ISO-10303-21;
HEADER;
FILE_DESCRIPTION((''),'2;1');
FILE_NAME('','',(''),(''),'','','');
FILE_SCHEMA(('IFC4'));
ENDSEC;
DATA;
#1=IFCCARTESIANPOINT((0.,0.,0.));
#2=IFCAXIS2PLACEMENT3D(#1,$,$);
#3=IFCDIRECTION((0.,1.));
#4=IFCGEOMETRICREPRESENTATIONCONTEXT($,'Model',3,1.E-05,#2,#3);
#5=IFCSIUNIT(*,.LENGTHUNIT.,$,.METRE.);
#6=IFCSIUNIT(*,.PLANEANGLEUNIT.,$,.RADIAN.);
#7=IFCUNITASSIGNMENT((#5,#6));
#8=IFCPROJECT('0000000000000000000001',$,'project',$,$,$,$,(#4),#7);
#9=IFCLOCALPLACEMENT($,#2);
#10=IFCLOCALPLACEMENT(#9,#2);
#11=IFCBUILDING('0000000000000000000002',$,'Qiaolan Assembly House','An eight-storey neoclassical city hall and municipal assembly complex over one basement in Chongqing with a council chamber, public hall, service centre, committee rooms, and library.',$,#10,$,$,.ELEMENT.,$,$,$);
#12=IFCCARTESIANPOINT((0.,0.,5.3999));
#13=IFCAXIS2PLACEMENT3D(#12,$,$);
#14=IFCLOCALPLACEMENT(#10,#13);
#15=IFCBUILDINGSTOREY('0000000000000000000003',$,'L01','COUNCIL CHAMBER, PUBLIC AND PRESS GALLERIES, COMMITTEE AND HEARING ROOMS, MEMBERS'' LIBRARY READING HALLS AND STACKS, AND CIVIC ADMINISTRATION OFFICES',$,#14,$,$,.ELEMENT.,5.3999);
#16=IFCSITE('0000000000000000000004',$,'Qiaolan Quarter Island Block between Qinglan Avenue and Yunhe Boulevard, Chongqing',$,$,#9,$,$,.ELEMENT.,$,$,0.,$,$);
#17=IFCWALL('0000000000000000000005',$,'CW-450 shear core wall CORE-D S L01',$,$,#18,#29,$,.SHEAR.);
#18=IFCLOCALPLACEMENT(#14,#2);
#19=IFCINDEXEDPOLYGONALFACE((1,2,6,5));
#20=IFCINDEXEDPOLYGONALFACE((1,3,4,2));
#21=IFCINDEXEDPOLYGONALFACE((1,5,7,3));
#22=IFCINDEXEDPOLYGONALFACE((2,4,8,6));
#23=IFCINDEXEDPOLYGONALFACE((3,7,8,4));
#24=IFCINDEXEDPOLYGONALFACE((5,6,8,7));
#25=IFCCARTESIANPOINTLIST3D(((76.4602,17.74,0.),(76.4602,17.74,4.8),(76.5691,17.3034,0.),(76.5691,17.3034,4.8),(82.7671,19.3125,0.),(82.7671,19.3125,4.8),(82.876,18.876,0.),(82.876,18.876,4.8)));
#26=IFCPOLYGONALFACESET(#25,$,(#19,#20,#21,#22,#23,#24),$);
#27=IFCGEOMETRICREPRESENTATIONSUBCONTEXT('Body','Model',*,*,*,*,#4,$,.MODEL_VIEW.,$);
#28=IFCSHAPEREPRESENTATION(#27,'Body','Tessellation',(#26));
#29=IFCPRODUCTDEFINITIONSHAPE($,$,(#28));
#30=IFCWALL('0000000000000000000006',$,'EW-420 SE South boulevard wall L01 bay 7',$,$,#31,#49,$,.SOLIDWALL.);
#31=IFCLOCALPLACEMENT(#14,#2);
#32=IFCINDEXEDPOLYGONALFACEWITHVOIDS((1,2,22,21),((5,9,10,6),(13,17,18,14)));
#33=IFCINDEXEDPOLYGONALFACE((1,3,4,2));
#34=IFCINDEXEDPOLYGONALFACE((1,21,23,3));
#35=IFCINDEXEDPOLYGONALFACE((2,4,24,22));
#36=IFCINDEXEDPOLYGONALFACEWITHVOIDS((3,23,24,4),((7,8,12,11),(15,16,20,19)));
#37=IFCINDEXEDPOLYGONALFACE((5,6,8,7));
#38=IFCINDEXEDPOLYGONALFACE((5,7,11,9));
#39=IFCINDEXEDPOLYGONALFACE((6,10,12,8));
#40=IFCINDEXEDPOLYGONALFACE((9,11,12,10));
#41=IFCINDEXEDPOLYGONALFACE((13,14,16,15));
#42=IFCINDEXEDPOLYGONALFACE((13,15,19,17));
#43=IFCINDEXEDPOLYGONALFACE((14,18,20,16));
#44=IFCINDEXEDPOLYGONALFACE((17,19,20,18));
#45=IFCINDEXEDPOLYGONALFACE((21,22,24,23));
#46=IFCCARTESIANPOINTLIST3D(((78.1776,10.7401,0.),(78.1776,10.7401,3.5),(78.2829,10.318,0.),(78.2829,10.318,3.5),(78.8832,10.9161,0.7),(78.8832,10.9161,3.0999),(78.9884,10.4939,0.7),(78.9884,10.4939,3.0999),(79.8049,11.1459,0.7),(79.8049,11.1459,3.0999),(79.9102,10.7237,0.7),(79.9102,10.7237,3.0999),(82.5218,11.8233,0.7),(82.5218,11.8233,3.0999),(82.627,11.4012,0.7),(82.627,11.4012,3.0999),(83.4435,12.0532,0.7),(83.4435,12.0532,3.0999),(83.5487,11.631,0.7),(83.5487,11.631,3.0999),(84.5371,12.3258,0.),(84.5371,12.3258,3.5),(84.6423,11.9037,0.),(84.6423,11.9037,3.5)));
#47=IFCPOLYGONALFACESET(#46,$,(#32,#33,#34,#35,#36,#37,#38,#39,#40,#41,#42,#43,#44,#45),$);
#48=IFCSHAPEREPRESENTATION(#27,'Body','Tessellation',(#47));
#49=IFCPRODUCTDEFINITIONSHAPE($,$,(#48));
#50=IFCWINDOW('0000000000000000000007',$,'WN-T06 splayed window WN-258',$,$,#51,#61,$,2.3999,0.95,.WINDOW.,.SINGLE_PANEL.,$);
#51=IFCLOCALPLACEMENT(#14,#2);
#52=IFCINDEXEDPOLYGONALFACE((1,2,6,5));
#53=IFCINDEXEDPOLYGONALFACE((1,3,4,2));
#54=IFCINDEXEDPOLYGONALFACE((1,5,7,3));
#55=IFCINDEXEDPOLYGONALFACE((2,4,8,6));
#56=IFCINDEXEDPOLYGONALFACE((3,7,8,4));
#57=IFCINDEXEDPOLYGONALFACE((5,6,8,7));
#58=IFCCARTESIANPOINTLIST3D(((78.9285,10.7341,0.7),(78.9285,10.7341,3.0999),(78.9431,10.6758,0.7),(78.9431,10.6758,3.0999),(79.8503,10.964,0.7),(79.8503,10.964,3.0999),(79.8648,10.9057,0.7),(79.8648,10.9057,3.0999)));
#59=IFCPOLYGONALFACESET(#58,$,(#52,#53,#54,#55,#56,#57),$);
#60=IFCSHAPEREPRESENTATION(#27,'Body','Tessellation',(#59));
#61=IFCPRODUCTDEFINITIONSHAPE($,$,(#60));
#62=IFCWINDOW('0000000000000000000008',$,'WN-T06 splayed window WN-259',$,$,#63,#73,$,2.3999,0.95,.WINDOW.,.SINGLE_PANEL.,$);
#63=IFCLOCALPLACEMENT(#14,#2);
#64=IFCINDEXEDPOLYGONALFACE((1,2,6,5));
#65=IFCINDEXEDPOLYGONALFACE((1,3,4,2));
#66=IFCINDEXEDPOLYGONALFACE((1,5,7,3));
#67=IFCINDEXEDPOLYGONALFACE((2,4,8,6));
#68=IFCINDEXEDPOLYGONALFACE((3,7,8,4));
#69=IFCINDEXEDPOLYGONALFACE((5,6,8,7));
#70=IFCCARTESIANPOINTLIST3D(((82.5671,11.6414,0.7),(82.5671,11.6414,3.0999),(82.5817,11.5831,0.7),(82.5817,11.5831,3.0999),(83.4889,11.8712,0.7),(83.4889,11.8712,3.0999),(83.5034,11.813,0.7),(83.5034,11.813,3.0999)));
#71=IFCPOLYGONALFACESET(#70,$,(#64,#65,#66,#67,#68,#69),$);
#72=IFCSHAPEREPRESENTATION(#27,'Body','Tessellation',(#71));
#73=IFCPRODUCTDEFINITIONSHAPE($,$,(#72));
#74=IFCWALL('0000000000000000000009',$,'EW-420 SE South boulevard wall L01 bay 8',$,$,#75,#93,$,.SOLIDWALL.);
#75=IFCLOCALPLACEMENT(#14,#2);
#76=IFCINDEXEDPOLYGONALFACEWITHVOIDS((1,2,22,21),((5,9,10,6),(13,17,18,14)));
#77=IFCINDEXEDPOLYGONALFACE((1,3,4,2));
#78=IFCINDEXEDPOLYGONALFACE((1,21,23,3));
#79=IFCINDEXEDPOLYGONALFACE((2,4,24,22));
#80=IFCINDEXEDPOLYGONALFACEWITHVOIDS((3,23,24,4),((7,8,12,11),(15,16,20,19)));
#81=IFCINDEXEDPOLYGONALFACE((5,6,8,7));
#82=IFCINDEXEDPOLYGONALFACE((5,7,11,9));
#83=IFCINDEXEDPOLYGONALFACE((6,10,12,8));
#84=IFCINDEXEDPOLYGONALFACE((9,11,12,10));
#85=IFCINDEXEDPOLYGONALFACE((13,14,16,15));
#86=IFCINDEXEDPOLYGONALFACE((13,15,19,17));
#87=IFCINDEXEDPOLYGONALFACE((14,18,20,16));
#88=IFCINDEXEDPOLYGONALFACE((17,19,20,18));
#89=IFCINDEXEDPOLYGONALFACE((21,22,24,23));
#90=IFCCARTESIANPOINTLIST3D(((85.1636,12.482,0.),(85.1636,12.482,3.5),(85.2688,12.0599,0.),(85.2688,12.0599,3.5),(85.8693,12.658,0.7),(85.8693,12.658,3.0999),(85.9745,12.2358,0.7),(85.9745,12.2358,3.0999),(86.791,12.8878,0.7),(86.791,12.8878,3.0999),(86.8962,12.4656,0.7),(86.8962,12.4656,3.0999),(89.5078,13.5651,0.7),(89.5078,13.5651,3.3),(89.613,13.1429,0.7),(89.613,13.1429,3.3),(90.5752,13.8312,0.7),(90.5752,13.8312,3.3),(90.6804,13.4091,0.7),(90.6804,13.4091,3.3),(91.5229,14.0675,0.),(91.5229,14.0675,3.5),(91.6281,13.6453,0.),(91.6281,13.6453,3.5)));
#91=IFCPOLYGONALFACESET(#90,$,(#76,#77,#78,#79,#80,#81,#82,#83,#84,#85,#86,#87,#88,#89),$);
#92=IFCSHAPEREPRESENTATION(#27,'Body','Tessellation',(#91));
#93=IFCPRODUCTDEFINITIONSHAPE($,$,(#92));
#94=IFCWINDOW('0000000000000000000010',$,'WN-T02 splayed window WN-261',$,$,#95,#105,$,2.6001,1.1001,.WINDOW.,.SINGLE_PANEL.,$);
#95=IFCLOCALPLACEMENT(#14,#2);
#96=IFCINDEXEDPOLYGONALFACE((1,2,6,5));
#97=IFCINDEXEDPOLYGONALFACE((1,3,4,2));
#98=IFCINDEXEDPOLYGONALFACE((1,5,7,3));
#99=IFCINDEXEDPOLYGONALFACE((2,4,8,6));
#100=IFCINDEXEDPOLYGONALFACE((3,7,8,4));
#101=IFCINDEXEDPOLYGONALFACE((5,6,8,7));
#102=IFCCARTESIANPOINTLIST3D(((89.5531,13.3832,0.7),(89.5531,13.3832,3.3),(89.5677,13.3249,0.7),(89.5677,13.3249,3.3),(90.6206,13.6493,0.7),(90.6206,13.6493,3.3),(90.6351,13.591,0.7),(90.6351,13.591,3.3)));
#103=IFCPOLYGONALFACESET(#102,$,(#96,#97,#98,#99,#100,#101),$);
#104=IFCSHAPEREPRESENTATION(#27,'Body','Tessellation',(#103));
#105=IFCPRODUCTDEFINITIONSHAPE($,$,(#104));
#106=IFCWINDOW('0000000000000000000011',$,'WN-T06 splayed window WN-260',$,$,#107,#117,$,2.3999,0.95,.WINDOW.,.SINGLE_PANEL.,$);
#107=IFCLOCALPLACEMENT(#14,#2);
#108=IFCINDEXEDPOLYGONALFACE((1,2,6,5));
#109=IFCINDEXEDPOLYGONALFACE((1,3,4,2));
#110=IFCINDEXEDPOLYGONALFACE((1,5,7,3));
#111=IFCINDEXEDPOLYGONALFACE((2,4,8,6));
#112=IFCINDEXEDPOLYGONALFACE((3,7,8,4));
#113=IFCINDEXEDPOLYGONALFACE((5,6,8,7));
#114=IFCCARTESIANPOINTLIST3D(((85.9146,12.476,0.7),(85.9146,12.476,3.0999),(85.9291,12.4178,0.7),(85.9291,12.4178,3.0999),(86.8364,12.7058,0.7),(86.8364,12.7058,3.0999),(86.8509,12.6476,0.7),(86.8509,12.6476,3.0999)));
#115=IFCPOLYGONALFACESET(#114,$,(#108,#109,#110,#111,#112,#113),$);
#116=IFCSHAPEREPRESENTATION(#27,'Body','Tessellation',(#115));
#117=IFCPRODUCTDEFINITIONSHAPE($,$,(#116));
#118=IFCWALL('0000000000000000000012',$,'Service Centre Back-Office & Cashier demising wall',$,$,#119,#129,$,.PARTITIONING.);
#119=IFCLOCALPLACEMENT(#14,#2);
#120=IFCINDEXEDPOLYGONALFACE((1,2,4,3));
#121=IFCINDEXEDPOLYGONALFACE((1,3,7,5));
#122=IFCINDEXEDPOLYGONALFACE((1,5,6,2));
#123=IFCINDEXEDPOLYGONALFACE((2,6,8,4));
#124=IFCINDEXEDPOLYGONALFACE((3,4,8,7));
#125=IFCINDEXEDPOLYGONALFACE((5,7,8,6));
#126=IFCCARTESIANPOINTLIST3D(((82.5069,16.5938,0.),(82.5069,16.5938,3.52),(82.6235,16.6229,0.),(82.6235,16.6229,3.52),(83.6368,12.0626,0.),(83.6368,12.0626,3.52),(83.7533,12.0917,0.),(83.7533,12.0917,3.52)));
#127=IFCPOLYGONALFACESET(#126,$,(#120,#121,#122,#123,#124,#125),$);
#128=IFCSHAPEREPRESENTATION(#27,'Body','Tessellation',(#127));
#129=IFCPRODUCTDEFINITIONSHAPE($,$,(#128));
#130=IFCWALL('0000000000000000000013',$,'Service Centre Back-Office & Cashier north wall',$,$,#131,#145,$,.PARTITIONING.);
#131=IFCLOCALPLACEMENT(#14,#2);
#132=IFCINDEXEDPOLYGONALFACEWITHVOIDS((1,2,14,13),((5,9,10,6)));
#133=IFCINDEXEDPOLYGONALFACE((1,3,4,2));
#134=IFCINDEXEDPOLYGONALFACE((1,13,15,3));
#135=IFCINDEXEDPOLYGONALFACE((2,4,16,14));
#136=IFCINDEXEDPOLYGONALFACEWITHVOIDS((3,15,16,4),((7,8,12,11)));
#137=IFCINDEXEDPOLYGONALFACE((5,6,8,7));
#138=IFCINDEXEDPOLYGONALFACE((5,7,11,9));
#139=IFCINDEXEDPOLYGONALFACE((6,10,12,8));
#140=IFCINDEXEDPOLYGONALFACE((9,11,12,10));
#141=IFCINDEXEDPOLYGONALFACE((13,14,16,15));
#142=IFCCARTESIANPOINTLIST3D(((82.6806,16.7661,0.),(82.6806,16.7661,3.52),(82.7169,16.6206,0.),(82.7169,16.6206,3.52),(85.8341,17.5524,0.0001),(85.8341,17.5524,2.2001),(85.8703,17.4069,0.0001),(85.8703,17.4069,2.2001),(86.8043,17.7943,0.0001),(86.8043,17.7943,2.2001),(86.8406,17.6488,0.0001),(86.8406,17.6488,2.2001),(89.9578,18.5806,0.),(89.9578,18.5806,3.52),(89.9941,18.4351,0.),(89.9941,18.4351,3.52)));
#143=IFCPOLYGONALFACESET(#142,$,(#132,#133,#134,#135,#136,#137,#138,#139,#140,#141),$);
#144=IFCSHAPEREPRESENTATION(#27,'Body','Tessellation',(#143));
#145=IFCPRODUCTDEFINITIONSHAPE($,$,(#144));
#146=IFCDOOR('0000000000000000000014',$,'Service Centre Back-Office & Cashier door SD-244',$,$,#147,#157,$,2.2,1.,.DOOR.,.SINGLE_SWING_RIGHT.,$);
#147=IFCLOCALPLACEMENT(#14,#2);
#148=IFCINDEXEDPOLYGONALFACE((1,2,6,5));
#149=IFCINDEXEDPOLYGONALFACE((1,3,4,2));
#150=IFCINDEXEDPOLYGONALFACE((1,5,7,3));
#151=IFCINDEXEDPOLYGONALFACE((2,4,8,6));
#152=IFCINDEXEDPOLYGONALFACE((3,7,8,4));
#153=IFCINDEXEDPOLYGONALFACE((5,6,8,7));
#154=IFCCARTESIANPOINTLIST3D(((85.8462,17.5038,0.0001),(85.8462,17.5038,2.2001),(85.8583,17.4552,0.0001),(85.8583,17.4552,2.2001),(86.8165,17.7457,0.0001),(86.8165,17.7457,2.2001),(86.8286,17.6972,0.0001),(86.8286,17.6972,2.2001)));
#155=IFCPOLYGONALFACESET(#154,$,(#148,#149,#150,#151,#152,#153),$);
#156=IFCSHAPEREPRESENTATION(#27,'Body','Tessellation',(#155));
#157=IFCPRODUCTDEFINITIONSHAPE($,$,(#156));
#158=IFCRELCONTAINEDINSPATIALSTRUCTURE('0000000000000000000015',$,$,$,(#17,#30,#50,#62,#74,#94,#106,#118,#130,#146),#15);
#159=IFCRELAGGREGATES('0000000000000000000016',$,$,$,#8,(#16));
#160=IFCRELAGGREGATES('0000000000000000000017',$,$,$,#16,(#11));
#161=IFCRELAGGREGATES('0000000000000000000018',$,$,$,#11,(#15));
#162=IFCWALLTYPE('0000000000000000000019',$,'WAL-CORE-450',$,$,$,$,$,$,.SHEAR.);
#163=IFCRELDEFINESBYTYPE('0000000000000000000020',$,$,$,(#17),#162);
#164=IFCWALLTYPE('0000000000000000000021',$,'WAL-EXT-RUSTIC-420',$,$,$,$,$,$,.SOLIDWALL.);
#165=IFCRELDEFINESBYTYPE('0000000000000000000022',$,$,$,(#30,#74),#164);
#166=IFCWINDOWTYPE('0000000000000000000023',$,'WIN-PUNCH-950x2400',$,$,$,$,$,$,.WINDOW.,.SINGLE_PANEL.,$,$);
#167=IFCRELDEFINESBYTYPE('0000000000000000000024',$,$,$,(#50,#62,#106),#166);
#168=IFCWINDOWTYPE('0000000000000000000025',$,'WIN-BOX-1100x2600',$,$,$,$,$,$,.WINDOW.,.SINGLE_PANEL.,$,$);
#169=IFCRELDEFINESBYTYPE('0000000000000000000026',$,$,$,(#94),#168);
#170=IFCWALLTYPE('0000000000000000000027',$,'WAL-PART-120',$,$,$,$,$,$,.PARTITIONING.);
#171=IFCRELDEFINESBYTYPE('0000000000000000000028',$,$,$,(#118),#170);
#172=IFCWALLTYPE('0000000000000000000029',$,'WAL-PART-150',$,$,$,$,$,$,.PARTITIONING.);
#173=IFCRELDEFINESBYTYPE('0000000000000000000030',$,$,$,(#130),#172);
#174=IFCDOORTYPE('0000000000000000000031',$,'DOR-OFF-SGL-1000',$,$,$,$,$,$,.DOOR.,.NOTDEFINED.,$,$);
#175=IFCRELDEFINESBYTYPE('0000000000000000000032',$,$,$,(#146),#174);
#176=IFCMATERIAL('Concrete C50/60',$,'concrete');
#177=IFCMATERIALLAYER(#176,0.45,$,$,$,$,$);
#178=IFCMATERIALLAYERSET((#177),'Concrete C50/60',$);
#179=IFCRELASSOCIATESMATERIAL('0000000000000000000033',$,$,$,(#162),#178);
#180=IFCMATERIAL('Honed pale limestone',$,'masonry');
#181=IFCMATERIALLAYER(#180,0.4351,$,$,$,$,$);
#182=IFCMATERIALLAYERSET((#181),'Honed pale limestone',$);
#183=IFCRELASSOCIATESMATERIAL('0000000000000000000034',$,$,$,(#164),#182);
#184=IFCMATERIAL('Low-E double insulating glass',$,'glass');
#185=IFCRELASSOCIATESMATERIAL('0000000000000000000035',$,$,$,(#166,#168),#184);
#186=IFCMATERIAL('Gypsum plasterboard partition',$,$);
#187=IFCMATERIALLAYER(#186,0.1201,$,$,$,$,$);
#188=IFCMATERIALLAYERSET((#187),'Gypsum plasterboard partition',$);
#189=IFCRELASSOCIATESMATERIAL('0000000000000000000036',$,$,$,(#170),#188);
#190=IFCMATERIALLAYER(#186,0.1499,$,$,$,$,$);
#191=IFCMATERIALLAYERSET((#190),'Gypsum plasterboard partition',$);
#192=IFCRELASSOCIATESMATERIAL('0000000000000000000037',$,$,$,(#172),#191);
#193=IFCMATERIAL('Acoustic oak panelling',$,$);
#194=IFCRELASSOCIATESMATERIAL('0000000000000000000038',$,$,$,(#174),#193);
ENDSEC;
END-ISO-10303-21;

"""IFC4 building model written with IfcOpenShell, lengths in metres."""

from ifc_helpers import new_model, si_unit, direction, frame, frame_2d, origin, place, context, subcontext, project, spatial, rectangle, extrude, material, layer, layer_set, type_object, element, fill, save


model = new_model("IFC4")

# Units and contexts
model_context = context("Model", 3, precision=1e-05, world=origin(), true_north=direction((0.0, 1.0)))
body_context = subcontext(model_context, "Body", "Model", "MODEL_VIEW")
ifc_project = project(units=[si_unit("LENGTHUNIT", "METRE"), si_unit("PLANEANGLEUNIT", "RADIAN")], contexts=[model_context])

# Site, building, storey
site_placement = place(None, origin())
site = spatial("IfcSite", under=ifc_project, at=site_placement, Name="Qiaolan Quarter Island Block between Qinglan Avenue and Yunhe Boulevard, Chongqing", CompositionType="ELEMENT", RefElevation=0.0)
building_placement = place(site_placement, origin())
building = spatial("IfcBuilding", under=site, at=building_placement, Name="Qiaolan Assembly House", Description="An eight-storey neoclassical city hall and municipal assembly complex over one basement in Chongqing with a council chamber, public hall, service centre, committee rooms, and library.", CompositionType="ELEMENT")
storey_placement = place(building_placement, frame((0.0, 0.0, 5.3999)))
storey = spatial("IfcBuildingStorey", under=building, at=storey_placement, Name="L01", Description="COUNCIL CHAMBER, PUBLIC AND PRESS GALLERIES, COMMITTEE AND HEARING ROOMS, MEMBERS' LIBRARY READING HALLS AND STACKS, AND CIVIC ADMINISTRATION OFFICES", CompositionType="ELEMENT", Elevation=5.3999)

# Shared definitions
ifc_material_1 = material(Name="Concrete C50/60", Category="concrete")

# Wall
ifc_layer_1 = layer(ifc_material_1, 0.45)
ifc_layer_set_1 = layer_set([ifc_layer_1], Name="Concrete C50/60")
wall_type_1 = type_object("IfcWallType", Name="WAL-CORE-450", PredefinedType="SHEAR", material=ifc_layer_set_1)
wall_1_placement = place(storey_placement, frame((76.5146, 17.5217, 0.0), z_axis=(0.0, 0.0, 1.0), x_axis=(0.970295, 0.241926, 0.0)))
element("IfcWall", 1, at=wall_1_placement, inside=storey, type_object=wall_type_1, Name="CW-450 shear core wall CORE-D S L01", PredefinedType="SHEAR", context=body_context, shape_type="SweptSolid", body=[
    extrude(rectangle(XDim=6.5, YDim=0.45, at=frame_2d((3.25, 0.0))), origin(), (0.0, 0.0, 1.0), 4.8),
])

# Walls, openings, windows
ifc_material_2 = material(Name="Honed pale limestone", Category="masonry")
ifc_layer_2 = layer(ifc_material_2, 0.4351)
ifc_layer_set_2 = layer_set([ifc_layer_2], Name="Honed pale limestone")
wall_type_2 = type_object("IfcWallType", Name="WAL-EXT-RUSTIC-420", PredefinedType="SOLIDWALL", material=ifc_layer_set_2)
wall_2_placement = place(storey_placement, frame((78.2302, 10.5291, 0.0), z_axis=(0.0, 0.0, 1.0), x_axis=(0.970291, 0.24194, 0.0)))
wall_2 = element("IfcWall", 2, at=wall_2_placement, inside=storey, type_object=wall_type_2, Name="EW-420 SE South boulevard wall L01 bay 7", PredefinedType="SOLIDWALL", context=body_context, shape_type="SweptSolid", body=[
    extrude(rectangle(XDim=6.5542, YDim=0.4351, at=frame_2d((3.2771, 0.0))), origin(), (0.0, 0.0, 1.0), 3.5),
])
opening_1_placement = place(wall_2_placement, frame((0.7271, 0.0, 0.7)))
opening_1 = element("IfcOpeningElement", 3, at=opening_1_placement, cuts=wall_2, PredefinedType="OPENING", context=body_context, shape_type="SweptSolid", body=[
    extrude(rectangle(XDim=0.95, YDim=2.3999, at=frame_2d((0.4751, 1.2))), frame((0.0, 0.2275, 0.0), z_axis=(0.0, -1.0, 0.0), x_axis=(1.0, 0.0, 0.0)), (0.0, 0.0, 1.0), 0.4551),
])
opening_2_placement = place(wall_2_placement, frame((4.4771, 0.0, 0.7)))
opening_2 = element("IfcOpeningElement", 4, at=opening_2_placement, cuts=wall_2, PredefinedType="OPENING", context=body_context, shape_type="SweptSolid", body=[
    extrude(rectangle(XDim=0.95, YDim=2.3999, at=frame_2d((0.4751, 1.2))), frame((0.0, 0.2275, 0.0), z_axis=(0.0, -1.0, 0.0), x_axis=(1.0, 0.0, 0.0)), (0.0, 0.0, 1.0), 0.4551),
])
ifc_material_3 = material(Name="Low-E double insulating glass", Category="glass")
window_type_1 = type_object("IfcWindowType", Name="WIN-PUNCH-950x2400", PartitioningType="SINGLE_PANEL", PredefinedType="WINDOW", material=ifc_material_3)
window_1_placement = place(opening_1_placement, origin())
window_1 = element("IfcWindow", 5, at=window_1_placement, inside=storey, type_object=window_type_1, Name="WN-T06 splayed window WN-258", OverallHeight=2.3999, OverallWidth=0.95, PartitioningType="SINGLE_PANEL", PredefinedType="WINDOW", context=body_context, shape_type="SweptSolid", body=[
    extrude(rectangle(XDim=0.95, YDim=2.3999, at=frame_2d((0.4751, 1.2))), frame((0.0, 0.03, 0.0), z_axis=(0.0, -1.0, 0.0), x_axis=(1.0, 0.0, 0.0)), (0.0, 0.0, 1.0), 0.0601),
])
fill(opening_1, window_1)
window_2_placement = place(opening_2_placement, origin())
window_2 = element("IfcWindow", 6, at=window_2_placement, inside=storey, type_object=window_type_1, Name="WN-T06 splayed window WN-259", OverallHeight=2.3999, OverallWidth=0.95, PartitioningType="SINGLE_PANEL", PredefinedType="WINDOW", context=body_context, shape_type="SweptSolid", body=[
    extrude(rectangle(XDim=0.95, YDim=2.3999, at=frame_2d((0.4751, 1.2))), frame((0.0, 0.03, 0.0), z_axis=(0.0, -1.0, 0.0), x_axis=(1.0, 0.0, 0.0)), (0.0, 0.0, 1.0), 0.0601),
])
fill(opening_2, window_2)
wall_3_placement = place(storey_placement, frame((85.2163, 12.271, 0.0), z_axis=(0.0, 0.0, 1.0), x_axis=(0.9703, 0.241905, 0.0)))
wall_3 = element("IfcWall", 7, at=wall_3_placement, inside=storey, type_object=wall_type_2, Name="EW-420 SE South boulevard wall L01 bay 8", PredefinedType="SOLIDWALL", context=body_context, shape_type="SweptSolid", body=[
    extrude(rectangle(XDim=6.554, YDim=0.4351, at=frame_2d((3.2769, 0.0))), origin(), (0.0, 0.0, 1.0), 3.5),
])
opening_3_placement = place(wall_3_placement, frame((0.7271, 0.0, 0.7)))
opening_3 = element("IfcOpeningElement", 8, at=opening_3_placement, cuts=wall_3, PredefinedType="OPENING", context=body_context, shape_type="SweptSolid", body=[
    extrude(rectangle(XDim=0.95, YDim=2.3999, at=frame_2d((0.4751, 1.2))), frame((0.0, 0.2275, 0.0), z_axis=(0.0, -1.0, 0.0), x_axis=(1.0, 0.0, 0.0)), (0.0, 0.0, 1.0), 0.4551),
])
opening_4_placement = place(wall_3_placement, frame((4.4771, 0.0, 0.7)))
opening_4 = element("IfcOpeningElement", 9, at=opening_4_placement, cuts=wall_3, PredefinedType="OPENING", context=body_context, shape_type="SweptSolid", body=[
    extrude(rectangle(XDim=1.1001, YDim=2.6001, at=frame_2d((0.55, 1.3))), frame((0.0, 0.2275, 0.0), z_axis=(0.0, -1.0, 0.0), x_axis=(1.0, 0.0, 0.0)), (0.0, 0.0, 1.0), 0.4551),
])
window_type_2 = type_object("IfcWindowType", Name="WIN-BOX-1100x2600", PartitioningType="SINGLE_PANEL", PredefinedType="WINDOW", material=ifc_material_3)
window_3_placement = place(opening_4_placement, origin())
window_3 = element("IfcWindow", 10, at=window_3_placement, inside=storey, type_object=window_type_2, Name="WN-T02 splayed window WN-261", OverallHeight=2.6001, OverallWidth=1.1001, PartitioningType="SINGLE_PANEL", PredefinedType="WINDOW", context=body_context, shape_type="SweptSolid", body=[
    extrude(rectangle(XDim=1.1001, YDim=2.6001, at=frame_2d((0.55, 1.3))), frame((0.0, 0.03, 0.0), z_axis=(0.0, -1.0, 0.0), x_axis=(1.0, 0.0, 0.0)), (0.0, 0.0, 1.0), 0.0601),
])
fill(opening_4, window_3)
window_4_placement = place(opening_3_placement, origin())
window_4 = element("IfcWindow", 11, at=window_4_placement, inside=storey, type_object=window_type_1, Name="WN-T06 splayed window WN-260", OverallHeight=2.3999, OverallWidth=0.95, PartitioningType="SINGLE_PANEL", PredefinedType="WINDOW", context=body_context, shape_type="SweptSolid", body=[
    extrude(rectangle(XDim=0.95, YDim=2.3999, at=frame_2d((0.4751, 1.2))), frame((0.0, 0.03, 0.0), z_axis=(0.0, -1.0, 0.0), x_axis=(1.0, 0.0, 0.0)), (0.0, 0.0, 1.0), 0.0601),
])
fill(opening_3, window_4)

# Wall
ifc_material_4 = material(Name="Gypsum plasterboard partition")
ifc_layer_3 = layer(ifc_material_4, 0.1201)
ifc_layer_set_3 = layer_set([ifc_layer_3], Name="Gypsum plasterboard partition")
wall_type_3 = type_object("IfcWallType", Name="WAL-PART-120", PredefinedType="PARTITIONING", material=ifc_layer_set_3)
wall_4_placement = place(storey_placement, frame((83.6951, 12.0771, 0.0), z_axis=(0.0, 0.0, 1.0), x_axis=(-0.241945, 0.97029, 0.0)))
element("IfcWall", 12, at=wall_4_placement, inside=storey, type_object=wall_type_3, Name="Service Centre Back-Office & Cashier demising wall", PredefinedType="PARTITIONING", context=body_context, shape_type="SweptSolid", body=[
    extrude(rectangle(XDim=4.6699, YDim=0.1201, at=frame_2d((2.335, 0.0))), origin(), (0.0, 0.0, 1.0), 3.52),
])

# Wall, opening, door
ifc_layer_4 = layer(ifc_material_4, 0.1499)
ifc_layer_set_4 = layer_set([ifc_layer_4], Name="Gypsum plasterboard partition")
wall_type_4 = type_object("IfcWallType", Name="WAL-PART-150", PredefinedType="PARTITIONING", material=ifc_layer_set_4)
wall_5_placement = place(storey_placement, frame((82.6987, 16.6934, 0.0), z_axis=(0.0, 0.0, 1.0), x_axis=(0.970294, 0.24193, 0.0)))
wall_5 = element("IfcWall", 13, at=wall_5_placement, inside=storey, type_object=wall_type_4, Name="Service Centre Back-Office & Cashier north wall", PredefinedType="PARTITIONING", context=body_context, shape_type="SweptSolid", body=[
    extrude(rectangle(XDim=7.5, YDim=0.1499, at=frame_2d((3.75, 0.0))), origin(), (0.0, 0.0, 1.0), 3.52),
])
opening_5_placement = place(wall_5_placement, frame((3.25, 0.0, 0.0)))
opening_5 = element("IfcOpeningElement", 14, at=opening_5_placement, cuts=wall_5, PredefinedType="OPENING", context=body_context, shape_type="SweptSolid", body=[
    extrude(rectangle(XDim=1.0, YDim=2.2, at=frame_2d((0.5, 1.1001))), frame((0.0, 0.085, 0.0), z_axis=(0.0, -1.0, 0.0), x_axis=(1.0, 0.0, 0.0)), (0.0, 0.0, 1.0), 0.1699),
])
ifc_material_5 = material(Name="Acoustic oak panelling")
door_type = type_object("IfcDoorType", Name="DOR-OFF-SGL-1000", OperationType="NOTDEFINED", PredefinedType="DOOR", material=ifc_material_5)
door_placement = place(opening_5_placement, origin())
door = element("IfcDoor", 15, at=door_placement, inside=storey, type_object=door_type, Name="Service Centre Back-Office & Cashier door SD-244", OperationType="SINGLE_SWING_RIGHT", OverallHeight=2.2, OverallWidth=1.0, PredefinedType="DOOR", context=body_context, shape_type="SweptSolid", body=[
    extrude(rectangle(XDim=1.0, YDim=2.2, at=frame_2d((0.5, 1.1001))), frame((0.0, 0.0249, 0.0), z_axis=(0.0, -1.0, 0.0), x_axis=(1.0, 0.0, 0.0)), (0.0, 0.0, 1.0), 0.05),
])
fill(opening_5, door)

save(model, "model.ifc")
